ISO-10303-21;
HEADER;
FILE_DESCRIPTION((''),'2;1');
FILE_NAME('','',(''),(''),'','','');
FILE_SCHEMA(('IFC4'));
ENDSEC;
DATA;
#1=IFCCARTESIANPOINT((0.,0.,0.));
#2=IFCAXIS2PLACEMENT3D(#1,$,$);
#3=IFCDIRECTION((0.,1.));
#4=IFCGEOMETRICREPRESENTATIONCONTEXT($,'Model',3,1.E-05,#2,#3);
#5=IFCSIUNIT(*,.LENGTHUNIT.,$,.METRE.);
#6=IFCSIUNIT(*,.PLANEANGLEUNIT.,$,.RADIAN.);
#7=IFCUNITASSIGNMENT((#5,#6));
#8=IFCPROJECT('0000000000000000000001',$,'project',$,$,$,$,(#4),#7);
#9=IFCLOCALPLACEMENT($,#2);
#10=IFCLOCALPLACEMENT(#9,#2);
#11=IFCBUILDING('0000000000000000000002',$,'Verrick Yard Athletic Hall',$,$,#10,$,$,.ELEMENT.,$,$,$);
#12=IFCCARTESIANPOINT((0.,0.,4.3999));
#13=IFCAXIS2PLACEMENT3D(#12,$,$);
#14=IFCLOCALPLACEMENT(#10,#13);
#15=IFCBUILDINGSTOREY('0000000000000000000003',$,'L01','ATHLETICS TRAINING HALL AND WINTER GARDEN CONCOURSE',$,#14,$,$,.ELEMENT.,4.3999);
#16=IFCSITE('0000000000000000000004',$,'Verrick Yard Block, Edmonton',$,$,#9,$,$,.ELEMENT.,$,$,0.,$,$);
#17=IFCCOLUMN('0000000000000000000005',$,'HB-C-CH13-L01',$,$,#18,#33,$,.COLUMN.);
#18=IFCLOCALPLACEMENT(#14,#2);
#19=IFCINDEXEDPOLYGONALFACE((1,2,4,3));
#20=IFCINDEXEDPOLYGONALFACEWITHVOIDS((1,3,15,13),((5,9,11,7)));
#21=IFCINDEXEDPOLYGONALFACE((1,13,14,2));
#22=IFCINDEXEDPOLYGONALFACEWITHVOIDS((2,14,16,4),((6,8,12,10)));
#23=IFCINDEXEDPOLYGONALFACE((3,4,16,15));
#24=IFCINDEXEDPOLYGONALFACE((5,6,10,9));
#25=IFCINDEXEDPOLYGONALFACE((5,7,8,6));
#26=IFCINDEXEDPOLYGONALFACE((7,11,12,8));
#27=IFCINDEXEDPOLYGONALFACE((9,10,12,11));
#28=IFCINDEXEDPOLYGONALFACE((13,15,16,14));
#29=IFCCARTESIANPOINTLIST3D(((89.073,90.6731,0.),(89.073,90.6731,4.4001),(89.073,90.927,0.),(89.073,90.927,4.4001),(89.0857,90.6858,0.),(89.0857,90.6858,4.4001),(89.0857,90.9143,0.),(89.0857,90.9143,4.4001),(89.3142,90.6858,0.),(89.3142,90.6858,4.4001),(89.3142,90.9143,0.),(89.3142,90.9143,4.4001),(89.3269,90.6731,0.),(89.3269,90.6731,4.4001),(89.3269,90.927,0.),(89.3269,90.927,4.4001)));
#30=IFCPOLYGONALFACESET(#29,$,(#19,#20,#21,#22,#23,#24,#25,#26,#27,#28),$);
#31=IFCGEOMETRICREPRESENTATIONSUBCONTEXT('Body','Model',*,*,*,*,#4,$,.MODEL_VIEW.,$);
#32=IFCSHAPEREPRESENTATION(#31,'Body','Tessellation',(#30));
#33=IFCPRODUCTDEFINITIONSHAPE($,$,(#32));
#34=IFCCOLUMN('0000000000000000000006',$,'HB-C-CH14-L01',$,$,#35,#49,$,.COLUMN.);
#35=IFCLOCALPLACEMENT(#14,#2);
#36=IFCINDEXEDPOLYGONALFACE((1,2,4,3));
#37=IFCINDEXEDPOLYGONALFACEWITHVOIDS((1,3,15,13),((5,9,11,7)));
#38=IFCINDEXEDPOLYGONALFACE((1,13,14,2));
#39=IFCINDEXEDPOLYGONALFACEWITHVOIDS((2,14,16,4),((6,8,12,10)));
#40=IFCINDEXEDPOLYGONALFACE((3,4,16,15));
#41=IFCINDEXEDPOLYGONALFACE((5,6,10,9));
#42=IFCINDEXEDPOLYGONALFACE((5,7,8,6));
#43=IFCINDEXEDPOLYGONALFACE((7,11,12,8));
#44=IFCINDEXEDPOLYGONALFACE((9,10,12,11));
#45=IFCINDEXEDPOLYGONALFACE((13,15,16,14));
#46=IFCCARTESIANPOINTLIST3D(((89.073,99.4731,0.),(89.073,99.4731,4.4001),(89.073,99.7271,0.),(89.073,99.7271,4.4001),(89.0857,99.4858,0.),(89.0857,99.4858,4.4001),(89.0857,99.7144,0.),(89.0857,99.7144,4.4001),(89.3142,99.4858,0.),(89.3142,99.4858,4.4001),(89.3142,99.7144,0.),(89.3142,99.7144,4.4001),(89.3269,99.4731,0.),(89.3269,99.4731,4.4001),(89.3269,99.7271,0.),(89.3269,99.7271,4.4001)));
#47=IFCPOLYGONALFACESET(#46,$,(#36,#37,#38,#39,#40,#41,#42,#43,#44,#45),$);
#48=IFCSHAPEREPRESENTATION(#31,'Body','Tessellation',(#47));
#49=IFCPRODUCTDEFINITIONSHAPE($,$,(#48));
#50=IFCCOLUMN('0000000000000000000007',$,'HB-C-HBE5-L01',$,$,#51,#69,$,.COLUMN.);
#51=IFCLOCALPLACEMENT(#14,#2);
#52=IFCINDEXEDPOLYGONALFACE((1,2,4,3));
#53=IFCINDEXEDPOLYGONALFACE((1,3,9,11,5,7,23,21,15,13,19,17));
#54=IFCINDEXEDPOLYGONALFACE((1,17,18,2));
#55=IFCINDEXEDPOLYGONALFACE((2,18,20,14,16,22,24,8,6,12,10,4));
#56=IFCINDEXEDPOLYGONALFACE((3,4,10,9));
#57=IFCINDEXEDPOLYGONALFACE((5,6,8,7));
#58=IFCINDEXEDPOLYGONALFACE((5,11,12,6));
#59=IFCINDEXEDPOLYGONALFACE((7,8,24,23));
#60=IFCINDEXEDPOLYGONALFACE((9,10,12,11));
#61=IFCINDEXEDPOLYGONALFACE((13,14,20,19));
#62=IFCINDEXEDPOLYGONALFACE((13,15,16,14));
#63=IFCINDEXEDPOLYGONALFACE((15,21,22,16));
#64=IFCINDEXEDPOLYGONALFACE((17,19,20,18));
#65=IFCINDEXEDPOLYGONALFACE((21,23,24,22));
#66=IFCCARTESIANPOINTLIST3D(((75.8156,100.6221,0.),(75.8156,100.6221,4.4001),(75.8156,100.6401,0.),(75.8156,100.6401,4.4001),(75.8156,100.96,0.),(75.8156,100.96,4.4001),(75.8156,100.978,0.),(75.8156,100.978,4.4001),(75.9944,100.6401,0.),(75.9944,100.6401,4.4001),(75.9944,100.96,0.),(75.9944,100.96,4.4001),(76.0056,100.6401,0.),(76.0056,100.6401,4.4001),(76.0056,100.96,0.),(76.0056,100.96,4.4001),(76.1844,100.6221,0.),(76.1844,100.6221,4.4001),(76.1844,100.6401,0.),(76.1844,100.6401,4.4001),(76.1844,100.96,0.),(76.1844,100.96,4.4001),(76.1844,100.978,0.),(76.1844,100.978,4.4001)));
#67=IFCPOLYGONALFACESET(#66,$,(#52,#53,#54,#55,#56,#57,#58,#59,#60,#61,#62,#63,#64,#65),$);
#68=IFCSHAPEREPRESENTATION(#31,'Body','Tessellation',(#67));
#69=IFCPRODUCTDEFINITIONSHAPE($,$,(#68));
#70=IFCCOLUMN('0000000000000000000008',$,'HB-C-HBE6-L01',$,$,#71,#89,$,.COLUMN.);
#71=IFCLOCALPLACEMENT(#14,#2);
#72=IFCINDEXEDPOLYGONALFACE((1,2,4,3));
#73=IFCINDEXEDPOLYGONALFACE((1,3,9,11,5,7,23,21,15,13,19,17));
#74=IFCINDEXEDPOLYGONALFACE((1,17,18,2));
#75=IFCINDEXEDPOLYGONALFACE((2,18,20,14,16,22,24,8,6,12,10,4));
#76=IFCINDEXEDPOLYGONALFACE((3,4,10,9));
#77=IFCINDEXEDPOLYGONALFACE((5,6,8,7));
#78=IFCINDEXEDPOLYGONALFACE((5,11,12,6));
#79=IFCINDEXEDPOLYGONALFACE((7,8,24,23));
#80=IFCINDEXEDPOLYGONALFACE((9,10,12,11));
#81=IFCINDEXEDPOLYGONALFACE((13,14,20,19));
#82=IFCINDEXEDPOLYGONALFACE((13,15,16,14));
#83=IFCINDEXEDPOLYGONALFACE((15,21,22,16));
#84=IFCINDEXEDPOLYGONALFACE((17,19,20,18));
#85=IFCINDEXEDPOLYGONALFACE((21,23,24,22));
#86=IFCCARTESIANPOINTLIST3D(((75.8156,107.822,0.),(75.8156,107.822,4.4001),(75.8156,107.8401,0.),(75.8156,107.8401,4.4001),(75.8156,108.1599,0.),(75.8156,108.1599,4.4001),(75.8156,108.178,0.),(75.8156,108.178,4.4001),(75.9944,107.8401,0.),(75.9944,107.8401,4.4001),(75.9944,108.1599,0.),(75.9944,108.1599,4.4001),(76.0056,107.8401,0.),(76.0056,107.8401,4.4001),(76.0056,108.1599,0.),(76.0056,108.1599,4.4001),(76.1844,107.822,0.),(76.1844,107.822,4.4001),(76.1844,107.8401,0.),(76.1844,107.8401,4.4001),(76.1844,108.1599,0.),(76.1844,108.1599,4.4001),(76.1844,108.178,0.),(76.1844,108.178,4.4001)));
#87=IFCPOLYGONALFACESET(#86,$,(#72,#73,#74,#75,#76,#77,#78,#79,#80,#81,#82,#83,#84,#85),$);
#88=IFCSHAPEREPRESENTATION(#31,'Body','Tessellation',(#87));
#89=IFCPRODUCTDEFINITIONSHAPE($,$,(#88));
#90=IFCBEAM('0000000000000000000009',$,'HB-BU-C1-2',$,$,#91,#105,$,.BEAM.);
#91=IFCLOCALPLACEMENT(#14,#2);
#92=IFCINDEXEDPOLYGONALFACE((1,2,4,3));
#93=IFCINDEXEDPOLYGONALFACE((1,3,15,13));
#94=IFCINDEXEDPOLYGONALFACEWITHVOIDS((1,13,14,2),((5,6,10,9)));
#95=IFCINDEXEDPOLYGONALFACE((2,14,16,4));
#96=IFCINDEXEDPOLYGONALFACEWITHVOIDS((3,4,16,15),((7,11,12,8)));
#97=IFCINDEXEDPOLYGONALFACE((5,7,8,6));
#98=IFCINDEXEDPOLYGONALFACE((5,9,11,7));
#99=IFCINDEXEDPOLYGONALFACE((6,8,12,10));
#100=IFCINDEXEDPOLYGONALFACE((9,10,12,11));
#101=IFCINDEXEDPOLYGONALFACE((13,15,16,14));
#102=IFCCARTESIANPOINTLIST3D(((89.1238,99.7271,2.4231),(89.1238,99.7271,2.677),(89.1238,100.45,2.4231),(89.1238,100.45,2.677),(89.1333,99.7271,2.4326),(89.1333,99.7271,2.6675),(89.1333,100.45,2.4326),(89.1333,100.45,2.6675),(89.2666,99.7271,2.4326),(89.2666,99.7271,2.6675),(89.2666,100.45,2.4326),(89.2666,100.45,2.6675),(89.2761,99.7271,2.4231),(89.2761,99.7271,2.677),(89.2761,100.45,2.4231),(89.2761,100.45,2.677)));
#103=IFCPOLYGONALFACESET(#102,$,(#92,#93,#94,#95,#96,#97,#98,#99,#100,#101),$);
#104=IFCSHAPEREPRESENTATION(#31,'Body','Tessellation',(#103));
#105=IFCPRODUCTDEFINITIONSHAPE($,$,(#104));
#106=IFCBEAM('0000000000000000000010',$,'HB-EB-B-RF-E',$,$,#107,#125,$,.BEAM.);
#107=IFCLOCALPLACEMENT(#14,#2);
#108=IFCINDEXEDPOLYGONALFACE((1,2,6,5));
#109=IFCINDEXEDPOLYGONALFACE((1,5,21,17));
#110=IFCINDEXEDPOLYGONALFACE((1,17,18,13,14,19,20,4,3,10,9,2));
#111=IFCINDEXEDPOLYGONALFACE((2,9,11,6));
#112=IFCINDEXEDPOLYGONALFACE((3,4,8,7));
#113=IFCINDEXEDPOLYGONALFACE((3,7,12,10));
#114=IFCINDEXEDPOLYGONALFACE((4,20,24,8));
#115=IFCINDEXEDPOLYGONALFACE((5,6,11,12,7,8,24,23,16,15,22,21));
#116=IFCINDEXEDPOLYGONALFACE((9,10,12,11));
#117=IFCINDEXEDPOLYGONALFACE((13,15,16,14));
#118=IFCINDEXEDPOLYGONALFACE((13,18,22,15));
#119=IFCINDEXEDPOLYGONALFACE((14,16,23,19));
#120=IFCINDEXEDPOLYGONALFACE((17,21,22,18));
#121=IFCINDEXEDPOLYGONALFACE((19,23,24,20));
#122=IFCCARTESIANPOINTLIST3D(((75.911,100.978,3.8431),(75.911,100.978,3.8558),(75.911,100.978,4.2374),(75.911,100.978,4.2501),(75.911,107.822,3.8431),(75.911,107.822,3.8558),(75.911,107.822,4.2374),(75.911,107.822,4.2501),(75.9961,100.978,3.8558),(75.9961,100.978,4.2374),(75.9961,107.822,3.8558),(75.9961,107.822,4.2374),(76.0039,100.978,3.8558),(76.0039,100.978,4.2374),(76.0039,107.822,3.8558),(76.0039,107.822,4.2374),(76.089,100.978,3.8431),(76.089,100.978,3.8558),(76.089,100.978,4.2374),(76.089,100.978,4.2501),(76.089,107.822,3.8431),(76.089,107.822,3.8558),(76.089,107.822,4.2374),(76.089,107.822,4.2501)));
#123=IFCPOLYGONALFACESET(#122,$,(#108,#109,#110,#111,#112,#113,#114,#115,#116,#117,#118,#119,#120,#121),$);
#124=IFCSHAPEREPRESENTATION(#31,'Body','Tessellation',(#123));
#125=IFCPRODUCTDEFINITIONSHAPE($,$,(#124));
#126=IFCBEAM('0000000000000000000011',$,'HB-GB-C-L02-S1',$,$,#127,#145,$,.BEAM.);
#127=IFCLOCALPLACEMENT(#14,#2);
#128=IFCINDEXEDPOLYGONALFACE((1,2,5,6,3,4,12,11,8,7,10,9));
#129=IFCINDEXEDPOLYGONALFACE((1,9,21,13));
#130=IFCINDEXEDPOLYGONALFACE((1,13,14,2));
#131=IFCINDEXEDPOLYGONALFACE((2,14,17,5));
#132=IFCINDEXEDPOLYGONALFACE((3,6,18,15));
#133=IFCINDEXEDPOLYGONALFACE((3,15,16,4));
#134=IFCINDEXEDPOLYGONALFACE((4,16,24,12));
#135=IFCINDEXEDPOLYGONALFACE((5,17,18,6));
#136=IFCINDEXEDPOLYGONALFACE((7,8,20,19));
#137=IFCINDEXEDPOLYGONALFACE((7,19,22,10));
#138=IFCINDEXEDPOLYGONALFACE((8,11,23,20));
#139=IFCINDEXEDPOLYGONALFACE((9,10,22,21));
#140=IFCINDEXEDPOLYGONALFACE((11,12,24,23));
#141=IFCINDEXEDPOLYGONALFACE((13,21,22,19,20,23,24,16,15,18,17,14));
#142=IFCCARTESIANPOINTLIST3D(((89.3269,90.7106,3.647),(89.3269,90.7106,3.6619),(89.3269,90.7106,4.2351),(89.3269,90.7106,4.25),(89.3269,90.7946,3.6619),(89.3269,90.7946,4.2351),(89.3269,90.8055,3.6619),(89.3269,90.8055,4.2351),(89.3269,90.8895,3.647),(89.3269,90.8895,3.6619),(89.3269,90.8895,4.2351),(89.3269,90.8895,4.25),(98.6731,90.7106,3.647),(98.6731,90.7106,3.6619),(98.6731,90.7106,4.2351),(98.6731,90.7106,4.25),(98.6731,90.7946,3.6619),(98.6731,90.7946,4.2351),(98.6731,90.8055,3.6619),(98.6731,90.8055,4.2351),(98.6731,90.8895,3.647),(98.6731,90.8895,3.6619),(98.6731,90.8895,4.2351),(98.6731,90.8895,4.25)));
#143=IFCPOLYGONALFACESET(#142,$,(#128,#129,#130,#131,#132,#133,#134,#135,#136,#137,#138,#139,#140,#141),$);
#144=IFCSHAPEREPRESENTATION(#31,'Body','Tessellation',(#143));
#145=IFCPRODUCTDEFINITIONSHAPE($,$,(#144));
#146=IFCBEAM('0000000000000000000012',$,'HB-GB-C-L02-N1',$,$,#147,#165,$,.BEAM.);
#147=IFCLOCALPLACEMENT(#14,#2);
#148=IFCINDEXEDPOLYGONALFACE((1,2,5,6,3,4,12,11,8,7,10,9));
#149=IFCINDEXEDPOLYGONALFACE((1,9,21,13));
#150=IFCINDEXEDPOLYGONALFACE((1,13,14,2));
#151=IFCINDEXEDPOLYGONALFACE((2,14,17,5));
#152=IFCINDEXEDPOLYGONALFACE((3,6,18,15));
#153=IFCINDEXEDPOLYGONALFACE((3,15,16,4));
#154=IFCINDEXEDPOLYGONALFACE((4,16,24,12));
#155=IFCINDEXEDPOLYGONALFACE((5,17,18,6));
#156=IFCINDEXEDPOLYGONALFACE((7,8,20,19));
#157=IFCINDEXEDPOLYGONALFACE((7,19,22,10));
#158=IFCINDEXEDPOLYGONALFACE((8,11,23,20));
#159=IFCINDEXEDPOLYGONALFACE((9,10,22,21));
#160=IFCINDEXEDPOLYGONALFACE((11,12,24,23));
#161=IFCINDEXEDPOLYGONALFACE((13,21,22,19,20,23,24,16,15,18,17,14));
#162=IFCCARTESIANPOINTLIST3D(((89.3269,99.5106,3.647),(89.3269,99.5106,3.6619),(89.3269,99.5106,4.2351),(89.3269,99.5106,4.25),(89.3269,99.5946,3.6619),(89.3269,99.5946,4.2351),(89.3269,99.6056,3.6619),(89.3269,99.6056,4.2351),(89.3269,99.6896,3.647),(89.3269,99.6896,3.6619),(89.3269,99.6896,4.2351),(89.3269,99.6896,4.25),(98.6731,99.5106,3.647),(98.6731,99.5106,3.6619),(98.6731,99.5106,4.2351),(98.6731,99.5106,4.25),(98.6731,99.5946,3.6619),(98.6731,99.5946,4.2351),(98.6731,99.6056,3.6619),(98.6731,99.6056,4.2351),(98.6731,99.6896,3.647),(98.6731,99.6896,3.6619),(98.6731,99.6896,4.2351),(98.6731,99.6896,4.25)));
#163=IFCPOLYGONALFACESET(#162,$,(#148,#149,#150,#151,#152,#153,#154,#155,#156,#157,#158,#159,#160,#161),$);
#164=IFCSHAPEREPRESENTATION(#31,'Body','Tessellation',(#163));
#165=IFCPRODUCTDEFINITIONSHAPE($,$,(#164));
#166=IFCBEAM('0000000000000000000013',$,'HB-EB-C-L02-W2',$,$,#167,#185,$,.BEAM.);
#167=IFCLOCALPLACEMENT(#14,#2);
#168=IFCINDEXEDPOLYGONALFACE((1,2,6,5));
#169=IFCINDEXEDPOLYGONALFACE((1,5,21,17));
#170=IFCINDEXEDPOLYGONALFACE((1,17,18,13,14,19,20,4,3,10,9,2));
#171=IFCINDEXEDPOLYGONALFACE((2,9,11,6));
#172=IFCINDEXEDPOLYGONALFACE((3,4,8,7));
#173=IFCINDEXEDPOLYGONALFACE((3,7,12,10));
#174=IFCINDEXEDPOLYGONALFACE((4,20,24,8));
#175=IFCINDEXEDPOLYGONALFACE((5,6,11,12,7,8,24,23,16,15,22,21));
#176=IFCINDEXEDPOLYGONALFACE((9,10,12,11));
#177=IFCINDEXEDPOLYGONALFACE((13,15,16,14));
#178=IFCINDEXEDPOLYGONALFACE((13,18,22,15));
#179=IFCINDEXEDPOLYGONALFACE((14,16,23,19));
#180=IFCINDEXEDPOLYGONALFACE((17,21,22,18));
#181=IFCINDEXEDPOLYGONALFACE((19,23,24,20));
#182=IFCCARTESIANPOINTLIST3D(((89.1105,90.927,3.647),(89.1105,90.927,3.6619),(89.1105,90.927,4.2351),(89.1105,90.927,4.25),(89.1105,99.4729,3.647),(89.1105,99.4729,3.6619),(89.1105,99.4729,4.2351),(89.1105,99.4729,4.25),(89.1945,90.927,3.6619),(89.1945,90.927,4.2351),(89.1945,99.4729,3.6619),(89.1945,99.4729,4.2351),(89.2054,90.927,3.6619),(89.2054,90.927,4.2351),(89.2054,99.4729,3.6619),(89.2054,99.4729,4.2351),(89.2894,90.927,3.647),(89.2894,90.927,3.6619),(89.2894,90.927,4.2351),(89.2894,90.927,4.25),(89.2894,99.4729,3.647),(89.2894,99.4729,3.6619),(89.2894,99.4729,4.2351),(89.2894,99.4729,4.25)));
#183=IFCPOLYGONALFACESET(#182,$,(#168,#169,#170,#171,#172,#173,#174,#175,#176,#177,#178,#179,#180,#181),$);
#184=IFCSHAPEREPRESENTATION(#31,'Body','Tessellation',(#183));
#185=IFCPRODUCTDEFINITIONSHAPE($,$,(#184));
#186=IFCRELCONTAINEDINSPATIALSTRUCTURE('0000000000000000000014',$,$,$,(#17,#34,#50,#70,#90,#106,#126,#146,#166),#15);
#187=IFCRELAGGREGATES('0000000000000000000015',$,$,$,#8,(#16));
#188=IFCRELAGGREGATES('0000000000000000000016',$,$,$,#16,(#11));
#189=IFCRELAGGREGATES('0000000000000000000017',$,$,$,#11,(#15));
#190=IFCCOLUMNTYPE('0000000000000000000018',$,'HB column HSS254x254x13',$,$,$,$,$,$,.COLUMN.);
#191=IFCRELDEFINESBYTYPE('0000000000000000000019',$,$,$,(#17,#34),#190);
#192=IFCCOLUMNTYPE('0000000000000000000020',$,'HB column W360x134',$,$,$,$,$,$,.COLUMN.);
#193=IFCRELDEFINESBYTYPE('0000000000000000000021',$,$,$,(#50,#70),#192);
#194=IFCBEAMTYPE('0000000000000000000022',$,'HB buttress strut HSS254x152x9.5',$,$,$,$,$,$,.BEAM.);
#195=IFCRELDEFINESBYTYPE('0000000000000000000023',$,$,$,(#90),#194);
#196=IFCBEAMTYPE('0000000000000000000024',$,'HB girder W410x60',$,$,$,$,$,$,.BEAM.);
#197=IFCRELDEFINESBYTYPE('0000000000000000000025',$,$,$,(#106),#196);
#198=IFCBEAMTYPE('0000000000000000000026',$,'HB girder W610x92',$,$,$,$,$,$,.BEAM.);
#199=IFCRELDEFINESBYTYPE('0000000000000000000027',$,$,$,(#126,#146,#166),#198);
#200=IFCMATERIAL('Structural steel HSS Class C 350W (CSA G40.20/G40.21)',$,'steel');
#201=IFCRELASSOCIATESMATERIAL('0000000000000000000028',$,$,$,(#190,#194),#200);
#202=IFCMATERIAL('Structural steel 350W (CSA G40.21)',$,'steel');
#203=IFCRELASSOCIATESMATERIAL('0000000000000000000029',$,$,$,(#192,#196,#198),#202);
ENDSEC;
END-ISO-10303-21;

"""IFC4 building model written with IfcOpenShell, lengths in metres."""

from ifc_helpers import new_model, si_unit, direction, frame, origin, origin_2d, place, context, subcontext, project, spatial, hollow_rectangle, i_section, extrude, material, material_profile, profile_set, type_object, element, save


model = new_model("IFC4")

# Units and contexts
model_context = context("Model", 3, precision=1e-05, world=origin(), true_north=direction((0.0, 1.0)))
body_context = subcontext(model_context, "Body", "Model", "MODEL_VIEW")
ifc_project = project(units=[si_unit("LENGTHUNIT", "METRE"), si_unit("PLANEANGLEUNIT", "RADIAN")], contexts=[model_context])

# Site, building, storey
site_placement = place(None, origin())
site = spatial("IfcSite", under=ifc_project, at=site_placement, Name="Verrick Yard Block, Edmonton", CompositionType="ELEMENT", RefElevation=0.0)
building_placement = place(site_placement, origin())
building = spatial("IfcBuilding", under=site, at=building_placement, Name="Verrick Yard Athletic Hall", CompositionType="ELEMENT")
storey_placement = place(building_placement, frame((0.0, 0.0, 4.3999)))
storey = spatial("IfcBuildingStorey", under=building, at=storey_placement, Name="L01", Description="ATHLETICS TRAINING HALL AND WINTER GARDEN CONCOURSE", CompositionType="ELEMENT", Elevation=4.3999)

# Columns
ifc_material_1 = material(Name="Structural steel HSS Class C 350W (CSA G40.20/G40.21)", Category="steel")
ifc_material_profile_1 = material_profile(ifc_material_1, hollow_rectangle(XDim=0.2539, YDim=0.2539, WallThickness=0.0127, at=origin_2d()), Name="HSS254x254x13")
ifc_profile_set_1 = profile_set([ifc_material_profile_1], Name="Structural steel HSS Class C 350W (CSA G40.20/G40.21)")
column_type_1 = type_object("IfcColumnType", Name="HB column HSS254x254x13", PredefinedType="COLUMN", material=ifc_profile_set_1)
for number, where, z_axis, x_axis, name in (
    (1, (89.2, 90.8, 0.0), (0.0, 0.0, 1.0), (1.0, 0.0, 0.0), "HB-C-CH13-L01"),
    (2, (89.2, 99.6001, 0.0), (0.0, 0.0, 1.0), (1.0, 0.0, 0.0), "HB-C-CH14-L01"),
):
    element("IfcColumn", number, at=place(storey_placement, frame(where, z_axis=z_axis, x_axis=x_axis)), inside=storey, type_object=column_type_1, Name=name, PredefinedType="COLUMN", context=body_context, shape_type="SweptSolid", body=[
        extrude(hollow_rectangle(XDim=0.2539, YDim=0.2539, WallThickness=0.0127, at=origin_2d()), origin(), (0.0, 0.0, 1.0), 4.4001),
    ])
ifc_material_2 = material(Name="Structural steel 350W (CSA G40.21)", Category="steel")
ifc_material_profile_2 = material_profile(ifc_material_2, i_section(OverallWidth=0.3689, OverallDepth=0.356, WebThickness=0.0112, FlangeThickness=0.0181, at=origin_2d()), Name="W360x134")
ifc_profile_set_2 = profile_set([ifc_material_profile_2], Name="Structural steel 350W (CSA G40.21)")
column_type_2 = type_object("IfcColumnType", Name="HB column W360x134", PredefinedType="COLUMN", material=ifc_profile_set_2)
for number, where, z_axis, x_axis, name in (
    (3, (76.0, 100.8, 0.0), (0.0, 0.0, 1.0), (1.0, 0.0, 0.0), "HB-C-HBE5-L01"),
    (4, (76.0, 108.0, 0.0), (0.0, 0.0, 1.0), (1.0, 0.0, 0.0), "HB-C-HBE6-L01"),
):
    element("IfcColumn", number, at=place(storey_placement, frame(where, z_axis=z_axis, x_axis=x_axis)), inside=storey, type_object=column_type_2, Name=name, PredefinedType="COLUMN", context=body_context, shape_type="SweptSolid", body=[
        extrude(i_section(OverallWidth=0.3689, OverallDepth=0.356, WebThickness=0.0112, FlangeThickness=0.0181, at=origin_2d()), origin(), (0.0, 0.0, 1.0), 4.4001),
    ])

# Beams
ifc_material_profile_3 = material_profile(ifc_material_1, hollow_rectangle(XDim=0.1523, YDim=0.2539, WallThickness=0.0095, at=origin_2d()), Name="HSS254x152x9.5")
ifc_profile_set_3 = profile_set([ifc_material_profile_3], Name="Structural steel HSS Class C 350W (CSA G40.20/G40.21)")
beam_type_1 = type_object("IfcBeamType", Name="HB buttress strut HSS254x152x9.5", PredefinedType="BEAM", material=ifc_profile_set_3)
beam_1_placement = place(storey_placement, frame((89.2, 99.7271, 2.55), z_axis=(0.0, 1.0, 0.0), x_axis=(-1.0, 0.0, 0.0)))
element("IfcBeam", 5, at=beam_1_placement, inside=storey, type_object=beam_type_1, Name="HB-BU-C1-2", PredefinedType="BEAM", context=body_context, shape_type="SweptSolid", body=[
    extrude(hollow_rectangle(XDim=0.1523, YDim=0.2539, WallThickness=0.0095, at=origin_2d()), origin(), (0.0, 0.0, 1.0), 0.7229),
])
ifc_material_profile_4 = material_profile(ifc_material_2, i_section(OverallWidth=0.178, OverallDepth=0.407, WebThickness=0.0078, FlangeThickness=0.0127, at=origin_2d()), Name="W410x60")
ifc_profile_set_4 = profile_set([ifc_material_profile_4], Name="Structural steel 350W (CSA G40.21)")
beam_type_2 = type_object("IfcBeamType", Name="HB girder W410x60", PredefinedType="BEAM", material=ifc_profile_set_4)
beam_2_placement = place(storey_placement, frame((76.0, 100.978, 4.0466), z_axis=(0.0, 1.0, 0.0), x_axis=(-1.0, 0.0, 0.0)))
element("IfcBeam", 6, at=beam_2_placement, inside=storey, type_object=beam_type_2, Name="HB-EB-B-RF-E", PredefinedType="BEAM", context=body_context, shape_type="SweptSolid", body=[
    extrude(i_section(OverallWidth=0.178, OverallDepth=0.407, WebThickness=0.0078, FlangeThickness=0.0127, at=origin_2d()), origin(), (0.0, 0.0, 1.0), 6.844),
])
ifc_material_profile_5 = material_profile(ifc_material_2, i_section(OverallWidth=0.179, OverallDepth=0.603, WebThickness=0.011, FlangeThickness=0.0149, at=origin_2d()), Name="W610x92")
ifc_profile_set_5 = profile_set([ifc_material_profile_5], Name="Structural steel 350W (CSA G40.21)")
beam_type_3 = type_object("IfcBeamType", Name="HB girder W610x92", PredefinedType="BEAM", material=ifc_profile_set_5)
for number, where, z_axis, x_axis, name in (
    (7, (89.3269, 90.8, 3.9485), (1.0, 0.0, 0.0), (0.0, 1.0, 0.0), "HB-GB-C-L02-S1"),
    (8, (89.3269, 99.6001, 3.9485), (1.0, 0.0, 0.0), (0.0, 1.0, 0.0), "HB-GB-C-L02-N1"),
):
    element("IfcBeam", number, at=place(storey_placement, frame(where, z_axis=z_axis, x_axis=x_axis)), inside=storey, type_object=beam_type_3, Name=name, PredefinedType="BEAM", context=body_context, shape_type="SweptSolid", body=[
        extrude(i_section(OverallWidth=0.179, OverallDepth=0.603, WebThickness=0.011, FlangeThickness=0.0149, at=origin_2d()), origin(), (0.0, 0.0, 1.0), 9.3462),
    ])
beam_3_placement = place(storey_placement, frame((89.2, 90.927, 3.9485), z_axis=(0.0, 1.0, 0.0), x_axis=(-1.0, 0.0, 0.0)))
element("IfcBeam", 9, at=beam_3_placement, inside=storey, type_object=beam_type_3, Name="HB-EB-C-L02-W2", PredefinedType="BEAM", context=body_context, shape_type="SweptSolid", body=[
    extrude(i_section(OverallWidth=0.179, OverallDepth=0.603, WebThickness=0.011, FlangeThickness=0.0149, at=origin_2d()), origin(), (0.0, 0.0, 1.0), 8.5459),
])

save(model, "model.ifc")
